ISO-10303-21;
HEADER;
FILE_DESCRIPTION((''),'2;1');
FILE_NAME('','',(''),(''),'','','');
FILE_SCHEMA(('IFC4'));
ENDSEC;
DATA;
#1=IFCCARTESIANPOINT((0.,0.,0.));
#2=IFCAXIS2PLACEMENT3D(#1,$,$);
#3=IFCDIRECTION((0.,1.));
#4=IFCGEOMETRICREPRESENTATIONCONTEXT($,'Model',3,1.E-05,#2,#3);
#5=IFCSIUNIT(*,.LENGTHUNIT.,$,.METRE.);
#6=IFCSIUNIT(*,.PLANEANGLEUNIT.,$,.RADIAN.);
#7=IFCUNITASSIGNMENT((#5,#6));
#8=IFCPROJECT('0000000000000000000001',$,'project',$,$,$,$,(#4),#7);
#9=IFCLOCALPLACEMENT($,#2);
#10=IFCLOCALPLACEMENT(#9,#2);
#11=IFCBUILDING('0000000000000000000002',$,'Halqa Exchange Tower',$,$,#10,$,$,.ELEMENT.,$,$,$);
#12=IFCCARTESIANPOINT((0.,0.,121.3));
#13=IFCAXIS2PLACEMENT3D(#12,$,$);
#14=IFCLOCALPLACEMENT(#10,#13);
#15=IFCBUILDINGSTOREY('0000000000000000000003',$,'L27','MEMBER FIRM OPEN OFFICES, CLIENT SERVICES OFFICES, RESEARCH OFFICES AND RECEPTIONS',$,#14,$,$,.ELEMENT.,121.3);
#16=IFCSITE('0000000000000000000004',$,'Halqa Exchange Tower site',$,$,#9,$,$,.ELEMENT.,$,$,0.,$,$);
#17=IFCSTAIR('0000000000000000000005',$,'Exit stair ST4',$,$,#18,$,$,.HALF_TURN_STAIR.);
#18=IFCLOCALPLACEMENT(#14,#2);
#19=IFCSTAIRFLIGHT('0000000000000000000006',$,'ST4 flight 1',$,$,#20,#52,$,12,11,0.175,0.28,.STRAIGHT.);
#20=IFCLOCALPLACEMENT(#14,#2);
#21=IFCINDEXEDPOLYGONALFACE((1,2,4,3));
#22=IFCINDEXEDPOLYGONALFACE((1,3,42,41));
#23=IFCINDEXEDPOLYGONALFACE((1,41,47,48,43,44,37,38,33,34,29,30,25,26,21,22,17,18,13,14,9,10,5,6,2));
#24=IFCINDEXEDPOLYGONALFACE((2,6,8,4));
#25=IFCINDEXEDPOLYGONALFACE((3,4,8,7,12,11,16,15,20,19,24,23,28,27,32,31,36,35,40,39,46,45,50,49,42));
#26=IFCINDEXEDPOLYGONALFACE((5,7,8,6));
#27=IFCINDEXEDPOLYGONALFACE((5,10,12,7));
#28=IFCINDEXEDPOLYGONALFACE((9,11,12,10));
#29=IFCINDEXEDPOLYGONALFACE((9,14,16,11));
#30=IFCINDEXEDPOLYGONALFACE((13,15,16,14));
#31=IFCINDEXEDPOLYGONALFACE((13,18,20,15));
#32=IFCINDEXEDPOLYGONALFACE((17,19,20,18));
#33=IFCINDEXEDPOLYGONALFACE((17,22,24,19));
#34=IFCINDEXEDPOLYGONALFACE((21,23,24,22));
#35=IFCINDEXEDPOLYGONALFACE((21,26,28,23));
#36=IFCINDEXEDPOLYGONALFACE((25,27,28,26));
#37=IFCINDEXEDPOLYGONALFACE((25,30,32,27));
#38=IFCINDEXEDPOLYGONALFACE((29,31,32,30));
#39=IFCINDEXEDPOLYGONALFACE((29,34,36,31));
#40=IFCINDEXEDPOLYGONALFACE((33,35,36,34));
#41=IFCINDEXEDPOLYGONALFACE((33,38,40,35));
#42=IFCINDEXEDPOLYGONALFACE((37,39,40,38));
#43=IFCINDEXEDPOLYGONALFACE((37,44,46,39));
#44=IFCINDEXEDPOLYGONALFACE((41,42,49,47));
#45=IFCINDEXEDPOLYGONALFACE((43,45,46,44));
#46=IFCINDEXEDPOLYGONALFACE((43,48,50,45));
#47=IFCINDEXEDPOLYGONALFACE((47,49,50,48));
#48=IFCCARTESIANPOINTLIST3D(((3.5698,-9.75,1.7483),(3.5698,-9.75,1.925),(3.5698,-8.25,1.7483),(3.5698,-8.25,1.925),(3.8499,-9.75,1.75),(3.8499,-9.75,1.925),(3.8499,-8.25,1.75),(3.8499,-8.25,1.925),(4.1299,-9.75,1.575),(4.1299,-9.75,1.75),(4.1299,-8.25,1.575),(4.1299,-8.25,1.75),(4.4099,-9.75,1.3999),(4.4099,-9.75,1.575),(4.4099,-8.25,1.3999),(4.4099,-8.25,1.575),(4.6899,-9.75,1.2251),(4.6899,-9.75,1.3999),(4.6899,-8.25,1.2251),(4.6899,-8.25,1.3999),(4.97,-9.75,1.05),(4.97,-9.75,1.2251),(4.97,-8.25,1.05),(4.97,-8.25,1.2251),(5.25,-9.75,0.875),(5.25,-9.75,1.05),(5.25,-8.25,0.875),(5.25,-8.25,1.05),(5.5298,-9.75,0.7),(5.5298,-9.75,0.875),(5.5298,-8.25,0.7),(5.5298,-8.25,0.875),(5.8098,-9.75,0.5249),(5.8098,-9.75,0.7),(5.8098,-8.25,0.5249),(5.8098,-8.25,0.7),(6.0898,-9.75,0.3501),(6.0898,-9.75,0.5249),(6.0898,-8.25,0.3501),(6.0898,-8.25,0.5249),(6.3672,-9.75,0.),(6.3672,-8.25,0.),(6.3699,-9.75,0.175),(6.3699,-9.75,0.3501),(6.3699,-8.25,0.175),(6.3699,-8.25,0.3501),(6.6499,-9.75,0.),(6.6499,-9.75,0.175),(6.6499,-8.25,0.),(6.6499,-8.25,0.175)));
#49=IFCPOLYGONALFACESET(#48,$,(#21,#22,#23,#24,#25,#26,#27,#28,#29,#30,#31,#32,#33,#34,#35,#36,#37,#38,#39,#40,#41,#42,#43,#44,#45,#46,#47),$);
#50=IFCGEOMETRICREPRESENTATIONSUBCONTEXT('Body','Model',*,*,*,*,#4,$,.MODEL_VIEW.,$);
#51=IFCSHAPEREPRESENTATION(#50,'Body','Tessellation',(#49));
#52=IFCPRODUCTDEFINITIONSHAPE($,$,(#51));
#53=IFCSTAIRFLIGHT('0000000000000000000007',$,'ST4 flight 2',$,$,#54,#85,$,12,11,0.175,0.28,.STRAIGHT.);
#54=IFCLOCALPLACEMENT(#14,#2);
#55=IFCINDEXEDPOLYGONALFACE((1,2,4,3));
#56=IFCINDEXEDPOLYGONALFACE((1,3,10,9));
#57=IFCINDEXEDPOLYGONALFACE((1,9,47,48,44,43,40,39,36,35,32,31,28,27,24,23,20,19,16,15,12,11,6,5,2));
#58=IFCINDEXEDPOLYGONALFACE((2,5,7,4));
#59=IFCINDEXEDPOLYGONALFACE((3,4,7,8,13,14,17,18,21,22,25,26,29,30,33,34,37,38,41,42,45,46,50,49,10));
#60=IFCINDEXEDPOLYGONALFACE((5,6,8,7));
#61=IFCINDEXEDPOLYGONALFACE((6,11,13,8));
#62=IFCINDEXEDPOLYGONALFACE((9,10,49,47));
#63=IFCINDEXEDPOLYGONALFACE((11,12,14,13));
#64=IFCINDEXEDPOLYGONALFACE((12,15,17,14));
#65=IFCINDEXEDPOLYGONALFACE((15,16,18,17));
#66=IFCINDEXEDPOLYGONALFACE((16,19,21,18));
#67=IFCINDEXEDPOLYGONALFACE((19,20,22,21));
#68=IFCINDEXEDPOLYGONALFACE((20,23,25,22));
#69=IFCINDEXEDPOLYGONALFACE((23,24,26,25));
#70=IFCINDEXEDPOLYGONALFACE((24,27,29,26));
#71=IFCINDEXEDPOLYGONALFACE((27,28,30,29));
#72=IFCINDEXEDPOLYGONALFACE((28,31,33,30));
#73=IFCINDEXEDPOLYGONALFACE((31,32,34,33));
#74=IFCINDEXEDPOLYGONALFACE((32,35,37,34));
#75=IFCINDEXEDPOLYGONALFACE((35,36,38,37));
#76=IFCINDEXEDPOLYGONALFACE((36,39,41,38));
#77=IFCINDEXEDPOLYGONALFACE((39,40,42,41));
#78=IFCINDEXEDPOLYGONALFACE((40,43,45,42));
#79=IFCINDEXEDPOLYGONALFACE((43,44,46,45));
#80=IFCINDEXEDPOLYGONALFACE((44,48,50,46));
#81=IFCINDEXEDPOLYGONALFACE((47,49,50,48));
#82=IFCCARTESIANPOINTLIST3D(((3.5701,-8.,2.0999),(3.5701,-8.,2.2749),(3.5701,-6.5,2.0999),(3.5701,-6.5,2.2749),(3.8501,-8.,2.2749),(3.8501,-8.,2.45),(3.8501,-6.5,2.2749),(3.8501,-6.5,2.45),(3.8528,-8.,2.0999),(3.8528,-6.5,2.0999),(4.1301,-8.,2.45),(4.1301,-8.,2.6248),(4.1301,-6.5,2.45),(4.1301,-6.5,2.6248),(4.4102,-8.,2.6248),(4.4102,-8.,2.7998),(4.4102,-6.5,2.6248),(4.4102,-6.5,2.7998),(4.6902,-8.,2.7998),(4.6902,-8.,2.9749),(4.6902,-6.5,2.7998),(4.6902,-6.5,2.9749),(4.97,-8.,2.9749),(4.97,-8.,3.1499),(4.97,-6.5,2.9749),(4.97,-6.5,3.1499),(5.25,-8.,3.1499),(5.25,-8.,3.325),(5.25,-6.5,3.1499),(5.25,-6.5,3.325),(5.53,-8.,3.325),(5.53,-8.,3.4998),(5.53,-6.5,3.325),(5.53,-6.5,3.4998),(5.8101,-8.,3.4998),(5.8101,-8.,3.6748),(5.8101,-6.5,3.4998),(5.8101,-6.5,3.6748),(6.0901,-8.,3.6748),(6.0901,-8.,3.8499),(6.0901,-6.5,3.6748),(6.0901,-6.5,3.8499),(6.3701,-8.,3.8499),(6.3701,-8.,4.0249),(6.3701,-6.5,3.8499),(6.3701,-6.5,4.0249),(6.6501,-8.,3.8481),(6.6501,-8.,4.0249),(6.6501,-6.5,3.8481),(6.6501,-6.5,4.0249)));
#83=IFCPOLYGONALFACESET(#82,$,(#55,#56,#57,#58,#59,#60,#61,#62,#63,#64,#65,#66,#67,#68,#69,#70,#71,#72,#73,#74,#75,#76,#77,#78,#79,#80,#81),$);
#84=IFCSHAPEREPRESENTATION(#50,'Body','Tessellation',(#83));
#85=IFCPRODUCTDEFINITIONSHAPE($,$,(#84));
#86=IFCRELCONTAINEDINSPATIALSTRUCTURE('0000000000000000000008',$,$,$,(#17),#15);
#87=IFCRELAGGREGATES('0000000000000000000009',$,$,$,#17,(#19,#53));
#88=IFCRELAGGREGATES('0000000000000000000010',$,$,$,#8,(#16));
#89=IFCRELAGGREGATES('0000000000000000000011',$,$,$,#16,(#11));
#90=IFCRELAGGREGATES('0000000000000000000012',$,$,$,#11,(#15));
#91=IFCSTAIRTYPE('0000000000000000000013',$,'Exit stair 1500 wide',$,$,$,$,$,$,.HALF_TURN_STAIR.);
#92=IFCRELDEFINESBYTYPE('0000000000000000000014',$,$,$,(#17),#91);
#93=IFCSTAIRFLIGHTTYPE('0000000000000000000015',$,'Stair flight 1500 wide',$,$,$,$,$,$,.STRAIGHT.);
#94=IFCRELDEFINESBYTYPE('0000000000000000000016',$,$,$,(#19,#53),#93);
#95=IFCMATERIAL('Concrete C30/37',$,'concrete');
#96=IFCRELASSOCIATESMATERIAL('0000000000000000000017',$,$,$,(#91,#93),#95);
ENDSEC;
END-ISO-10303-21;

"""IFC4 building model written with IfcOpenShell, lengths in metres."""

from ifc_helpers import new_model, si_unit, direction, frame, origin, place, context, subcontext, project, spatial, polyline, outline, extrude, material, type_object, element, aggregate, save


model = new_model("IFC4")

# Units and contexts
model_context = context("Model", 3, precision=1e-05, world=origin(), true_north=direction((0.0, 1.0)))
body_context = subcontext(model_context, "Body", "Model", "MODEL_VIEW")
ifc_project = project(units=[si_unit("LENGTHUNIT", "METRE"), si_unit("PLANEANGLEUNIT", "RADIAN")], contexts=[model_context])

# Site, building, storey
site_placement = place(None, origin())
site = spatial("IfcSite", under=ifc_project, at=site_placement, Name="Halqa Exchange Tower site", CompositionType="ELEMENT", RefElevation=0.0)
building_placement = place(site_placement, origin())
building = spatial("IfcBuilding", under=site, at=building_placement, Name="Halqa Exchange Tower", CompositionType="ELEMENT")
storey_placement = place(building_placement, frame((0.0, 0.0, 121.3)))
storey = spatial("IfcBuildingStorey", under=building, at=storey_placement, Name="L27", Description="MEMBER FIRM OPEN OFFICES, CLIENT SERVICES OFFICES, RESEARCH OFFICES AND RECEPTIONS", CompositionType="ELEMENT", Elevation=121.3)

# Shared definitions
ifc_material_1 = material(Name="Concrete C30/37", Category="concrete")

# Stair, stair flights
stair_type = type_object("IfcStairType", Name="Exit stair 1500 wide", PredefinedType="HALF_TURN_STAIR", material=ifc_material_1)
stair_placement = place(storey_placement, origin())
stair = element("IfcStair", 1, at=stair_placement, inside=storey, type_object=stair_type, Name="Exit stair ST4", PredefinedType="HALF_TURN_STAIR")
stair_flight_type = type_object("IfcStairFlightType", Name="Stair flight 1500 wide", PredefinedType="STRAIGHT", material=ifc_material_1)
stair_flight_1_placement = place(storey_placement, frame((6.6499, -9.0, 0.0), z_axis=(0.0, 0.0, 1.0), x_axis=(-1.0, 0.0, 0.0)))
stair_flight_1 = element("IfcStairFlight", 2, at=stair_flight_1_placement, type_object=stair_flight_type, Name="ST4 flight 1", NumberOfRisers=12, NumberOfTreads=11, PredefinedType="STRAIGHT", RiserHeight=0.175, TreadLength=0.28, context=body_context, shape_type="SweptSolid", body=[
    extrude(outline(polyline([(0.0, 0.0), (0.0, 0.175), (0.28, 0.175), (0.28, 0.3501), (0.5601, 0.3501), (0.5601, 0.5249), (0.8401, 0.5249), (0.8401, 0.7), (1.1201, 0.7), (1.1201, 0.875), (1.3999, 0.875), (1.3999, 1.05), (1.6799, 1.05), (1.6799, 1.2251), (1.96, 1.2251), (1.96, 1.3999), (2.24, 1.3999), (2.24, 1.575), (2.52, 1.575), (2.52, 1.75), (2.8, 1.75), (2.8, 1.925), (3.0801, 1.925), (3.0801, 2.1001), (3.0801, 1.7483), (0.2827, 0.0), (0.0, 0.0)])), frame((0.0, 0.75, 0.0), z_axis=(0.0, -1.0, 0.0), x_axis=(1.0, 0.0, 0.0)), (0.0, 0.0, 1.0), 1.5),
])
stair_flight_2_placement = place(storey_placement, frame((3.5701, -7.25, 2.0999), z_axis=(0.0, 0.0, 1.0), x_axis=(1.0, 0.0, 0.0)))
stair_flight_2 = element("IfcStairFlight", 3, at=stair_flight_2_placement, type_object=stair_flight_type, Name="ST4 flight 2", NumberOfRisers=12, NumberOfTreads=11, PredefinedType="STRAIGHT", RiserHeight=0.175, TreadLength=0.28, context=body_context, shape_type="SweptSolid", body=[
    extrude(outline(polyline([(0.0, 0.0), (0.0, 0.175), (0.28, 0.175), (0.28, 0.3501), (0.5601, 0.3501), (0.5601, 0.5249), (0.8401, 0.5249), (0.8401, 0.7), (1.1201, 0.7), (1.1201, 0.875), (1.3999, 0.875), (1.3999, 1.05), (1.6799, 1.05), (1.6799, 1.2251), (1.96, 1.2251), (1.96, 1.3999), (2.24, 1.3999), (2.24, 1.575), (2.52, 1.575), (2.52, 1.75), (2.8, 1.75), (2.8, 1.925), (3.0801, 1.925), (3.0801, 2.1001), (3.0801, 1.7483), (0.2827, 0.0), (0.0, 0.0)])), frame((0.0, 0.75, 0.0), z_axis=(0.0, -1.0, 0.0), x_axis=(1.0, 0.0, 0.0)), (0.0, 0.0, 1.0), 1.5),
])
aggregate(stair, [stair_flight_1, stair_flight_2])

save(model, "model.ifc")
